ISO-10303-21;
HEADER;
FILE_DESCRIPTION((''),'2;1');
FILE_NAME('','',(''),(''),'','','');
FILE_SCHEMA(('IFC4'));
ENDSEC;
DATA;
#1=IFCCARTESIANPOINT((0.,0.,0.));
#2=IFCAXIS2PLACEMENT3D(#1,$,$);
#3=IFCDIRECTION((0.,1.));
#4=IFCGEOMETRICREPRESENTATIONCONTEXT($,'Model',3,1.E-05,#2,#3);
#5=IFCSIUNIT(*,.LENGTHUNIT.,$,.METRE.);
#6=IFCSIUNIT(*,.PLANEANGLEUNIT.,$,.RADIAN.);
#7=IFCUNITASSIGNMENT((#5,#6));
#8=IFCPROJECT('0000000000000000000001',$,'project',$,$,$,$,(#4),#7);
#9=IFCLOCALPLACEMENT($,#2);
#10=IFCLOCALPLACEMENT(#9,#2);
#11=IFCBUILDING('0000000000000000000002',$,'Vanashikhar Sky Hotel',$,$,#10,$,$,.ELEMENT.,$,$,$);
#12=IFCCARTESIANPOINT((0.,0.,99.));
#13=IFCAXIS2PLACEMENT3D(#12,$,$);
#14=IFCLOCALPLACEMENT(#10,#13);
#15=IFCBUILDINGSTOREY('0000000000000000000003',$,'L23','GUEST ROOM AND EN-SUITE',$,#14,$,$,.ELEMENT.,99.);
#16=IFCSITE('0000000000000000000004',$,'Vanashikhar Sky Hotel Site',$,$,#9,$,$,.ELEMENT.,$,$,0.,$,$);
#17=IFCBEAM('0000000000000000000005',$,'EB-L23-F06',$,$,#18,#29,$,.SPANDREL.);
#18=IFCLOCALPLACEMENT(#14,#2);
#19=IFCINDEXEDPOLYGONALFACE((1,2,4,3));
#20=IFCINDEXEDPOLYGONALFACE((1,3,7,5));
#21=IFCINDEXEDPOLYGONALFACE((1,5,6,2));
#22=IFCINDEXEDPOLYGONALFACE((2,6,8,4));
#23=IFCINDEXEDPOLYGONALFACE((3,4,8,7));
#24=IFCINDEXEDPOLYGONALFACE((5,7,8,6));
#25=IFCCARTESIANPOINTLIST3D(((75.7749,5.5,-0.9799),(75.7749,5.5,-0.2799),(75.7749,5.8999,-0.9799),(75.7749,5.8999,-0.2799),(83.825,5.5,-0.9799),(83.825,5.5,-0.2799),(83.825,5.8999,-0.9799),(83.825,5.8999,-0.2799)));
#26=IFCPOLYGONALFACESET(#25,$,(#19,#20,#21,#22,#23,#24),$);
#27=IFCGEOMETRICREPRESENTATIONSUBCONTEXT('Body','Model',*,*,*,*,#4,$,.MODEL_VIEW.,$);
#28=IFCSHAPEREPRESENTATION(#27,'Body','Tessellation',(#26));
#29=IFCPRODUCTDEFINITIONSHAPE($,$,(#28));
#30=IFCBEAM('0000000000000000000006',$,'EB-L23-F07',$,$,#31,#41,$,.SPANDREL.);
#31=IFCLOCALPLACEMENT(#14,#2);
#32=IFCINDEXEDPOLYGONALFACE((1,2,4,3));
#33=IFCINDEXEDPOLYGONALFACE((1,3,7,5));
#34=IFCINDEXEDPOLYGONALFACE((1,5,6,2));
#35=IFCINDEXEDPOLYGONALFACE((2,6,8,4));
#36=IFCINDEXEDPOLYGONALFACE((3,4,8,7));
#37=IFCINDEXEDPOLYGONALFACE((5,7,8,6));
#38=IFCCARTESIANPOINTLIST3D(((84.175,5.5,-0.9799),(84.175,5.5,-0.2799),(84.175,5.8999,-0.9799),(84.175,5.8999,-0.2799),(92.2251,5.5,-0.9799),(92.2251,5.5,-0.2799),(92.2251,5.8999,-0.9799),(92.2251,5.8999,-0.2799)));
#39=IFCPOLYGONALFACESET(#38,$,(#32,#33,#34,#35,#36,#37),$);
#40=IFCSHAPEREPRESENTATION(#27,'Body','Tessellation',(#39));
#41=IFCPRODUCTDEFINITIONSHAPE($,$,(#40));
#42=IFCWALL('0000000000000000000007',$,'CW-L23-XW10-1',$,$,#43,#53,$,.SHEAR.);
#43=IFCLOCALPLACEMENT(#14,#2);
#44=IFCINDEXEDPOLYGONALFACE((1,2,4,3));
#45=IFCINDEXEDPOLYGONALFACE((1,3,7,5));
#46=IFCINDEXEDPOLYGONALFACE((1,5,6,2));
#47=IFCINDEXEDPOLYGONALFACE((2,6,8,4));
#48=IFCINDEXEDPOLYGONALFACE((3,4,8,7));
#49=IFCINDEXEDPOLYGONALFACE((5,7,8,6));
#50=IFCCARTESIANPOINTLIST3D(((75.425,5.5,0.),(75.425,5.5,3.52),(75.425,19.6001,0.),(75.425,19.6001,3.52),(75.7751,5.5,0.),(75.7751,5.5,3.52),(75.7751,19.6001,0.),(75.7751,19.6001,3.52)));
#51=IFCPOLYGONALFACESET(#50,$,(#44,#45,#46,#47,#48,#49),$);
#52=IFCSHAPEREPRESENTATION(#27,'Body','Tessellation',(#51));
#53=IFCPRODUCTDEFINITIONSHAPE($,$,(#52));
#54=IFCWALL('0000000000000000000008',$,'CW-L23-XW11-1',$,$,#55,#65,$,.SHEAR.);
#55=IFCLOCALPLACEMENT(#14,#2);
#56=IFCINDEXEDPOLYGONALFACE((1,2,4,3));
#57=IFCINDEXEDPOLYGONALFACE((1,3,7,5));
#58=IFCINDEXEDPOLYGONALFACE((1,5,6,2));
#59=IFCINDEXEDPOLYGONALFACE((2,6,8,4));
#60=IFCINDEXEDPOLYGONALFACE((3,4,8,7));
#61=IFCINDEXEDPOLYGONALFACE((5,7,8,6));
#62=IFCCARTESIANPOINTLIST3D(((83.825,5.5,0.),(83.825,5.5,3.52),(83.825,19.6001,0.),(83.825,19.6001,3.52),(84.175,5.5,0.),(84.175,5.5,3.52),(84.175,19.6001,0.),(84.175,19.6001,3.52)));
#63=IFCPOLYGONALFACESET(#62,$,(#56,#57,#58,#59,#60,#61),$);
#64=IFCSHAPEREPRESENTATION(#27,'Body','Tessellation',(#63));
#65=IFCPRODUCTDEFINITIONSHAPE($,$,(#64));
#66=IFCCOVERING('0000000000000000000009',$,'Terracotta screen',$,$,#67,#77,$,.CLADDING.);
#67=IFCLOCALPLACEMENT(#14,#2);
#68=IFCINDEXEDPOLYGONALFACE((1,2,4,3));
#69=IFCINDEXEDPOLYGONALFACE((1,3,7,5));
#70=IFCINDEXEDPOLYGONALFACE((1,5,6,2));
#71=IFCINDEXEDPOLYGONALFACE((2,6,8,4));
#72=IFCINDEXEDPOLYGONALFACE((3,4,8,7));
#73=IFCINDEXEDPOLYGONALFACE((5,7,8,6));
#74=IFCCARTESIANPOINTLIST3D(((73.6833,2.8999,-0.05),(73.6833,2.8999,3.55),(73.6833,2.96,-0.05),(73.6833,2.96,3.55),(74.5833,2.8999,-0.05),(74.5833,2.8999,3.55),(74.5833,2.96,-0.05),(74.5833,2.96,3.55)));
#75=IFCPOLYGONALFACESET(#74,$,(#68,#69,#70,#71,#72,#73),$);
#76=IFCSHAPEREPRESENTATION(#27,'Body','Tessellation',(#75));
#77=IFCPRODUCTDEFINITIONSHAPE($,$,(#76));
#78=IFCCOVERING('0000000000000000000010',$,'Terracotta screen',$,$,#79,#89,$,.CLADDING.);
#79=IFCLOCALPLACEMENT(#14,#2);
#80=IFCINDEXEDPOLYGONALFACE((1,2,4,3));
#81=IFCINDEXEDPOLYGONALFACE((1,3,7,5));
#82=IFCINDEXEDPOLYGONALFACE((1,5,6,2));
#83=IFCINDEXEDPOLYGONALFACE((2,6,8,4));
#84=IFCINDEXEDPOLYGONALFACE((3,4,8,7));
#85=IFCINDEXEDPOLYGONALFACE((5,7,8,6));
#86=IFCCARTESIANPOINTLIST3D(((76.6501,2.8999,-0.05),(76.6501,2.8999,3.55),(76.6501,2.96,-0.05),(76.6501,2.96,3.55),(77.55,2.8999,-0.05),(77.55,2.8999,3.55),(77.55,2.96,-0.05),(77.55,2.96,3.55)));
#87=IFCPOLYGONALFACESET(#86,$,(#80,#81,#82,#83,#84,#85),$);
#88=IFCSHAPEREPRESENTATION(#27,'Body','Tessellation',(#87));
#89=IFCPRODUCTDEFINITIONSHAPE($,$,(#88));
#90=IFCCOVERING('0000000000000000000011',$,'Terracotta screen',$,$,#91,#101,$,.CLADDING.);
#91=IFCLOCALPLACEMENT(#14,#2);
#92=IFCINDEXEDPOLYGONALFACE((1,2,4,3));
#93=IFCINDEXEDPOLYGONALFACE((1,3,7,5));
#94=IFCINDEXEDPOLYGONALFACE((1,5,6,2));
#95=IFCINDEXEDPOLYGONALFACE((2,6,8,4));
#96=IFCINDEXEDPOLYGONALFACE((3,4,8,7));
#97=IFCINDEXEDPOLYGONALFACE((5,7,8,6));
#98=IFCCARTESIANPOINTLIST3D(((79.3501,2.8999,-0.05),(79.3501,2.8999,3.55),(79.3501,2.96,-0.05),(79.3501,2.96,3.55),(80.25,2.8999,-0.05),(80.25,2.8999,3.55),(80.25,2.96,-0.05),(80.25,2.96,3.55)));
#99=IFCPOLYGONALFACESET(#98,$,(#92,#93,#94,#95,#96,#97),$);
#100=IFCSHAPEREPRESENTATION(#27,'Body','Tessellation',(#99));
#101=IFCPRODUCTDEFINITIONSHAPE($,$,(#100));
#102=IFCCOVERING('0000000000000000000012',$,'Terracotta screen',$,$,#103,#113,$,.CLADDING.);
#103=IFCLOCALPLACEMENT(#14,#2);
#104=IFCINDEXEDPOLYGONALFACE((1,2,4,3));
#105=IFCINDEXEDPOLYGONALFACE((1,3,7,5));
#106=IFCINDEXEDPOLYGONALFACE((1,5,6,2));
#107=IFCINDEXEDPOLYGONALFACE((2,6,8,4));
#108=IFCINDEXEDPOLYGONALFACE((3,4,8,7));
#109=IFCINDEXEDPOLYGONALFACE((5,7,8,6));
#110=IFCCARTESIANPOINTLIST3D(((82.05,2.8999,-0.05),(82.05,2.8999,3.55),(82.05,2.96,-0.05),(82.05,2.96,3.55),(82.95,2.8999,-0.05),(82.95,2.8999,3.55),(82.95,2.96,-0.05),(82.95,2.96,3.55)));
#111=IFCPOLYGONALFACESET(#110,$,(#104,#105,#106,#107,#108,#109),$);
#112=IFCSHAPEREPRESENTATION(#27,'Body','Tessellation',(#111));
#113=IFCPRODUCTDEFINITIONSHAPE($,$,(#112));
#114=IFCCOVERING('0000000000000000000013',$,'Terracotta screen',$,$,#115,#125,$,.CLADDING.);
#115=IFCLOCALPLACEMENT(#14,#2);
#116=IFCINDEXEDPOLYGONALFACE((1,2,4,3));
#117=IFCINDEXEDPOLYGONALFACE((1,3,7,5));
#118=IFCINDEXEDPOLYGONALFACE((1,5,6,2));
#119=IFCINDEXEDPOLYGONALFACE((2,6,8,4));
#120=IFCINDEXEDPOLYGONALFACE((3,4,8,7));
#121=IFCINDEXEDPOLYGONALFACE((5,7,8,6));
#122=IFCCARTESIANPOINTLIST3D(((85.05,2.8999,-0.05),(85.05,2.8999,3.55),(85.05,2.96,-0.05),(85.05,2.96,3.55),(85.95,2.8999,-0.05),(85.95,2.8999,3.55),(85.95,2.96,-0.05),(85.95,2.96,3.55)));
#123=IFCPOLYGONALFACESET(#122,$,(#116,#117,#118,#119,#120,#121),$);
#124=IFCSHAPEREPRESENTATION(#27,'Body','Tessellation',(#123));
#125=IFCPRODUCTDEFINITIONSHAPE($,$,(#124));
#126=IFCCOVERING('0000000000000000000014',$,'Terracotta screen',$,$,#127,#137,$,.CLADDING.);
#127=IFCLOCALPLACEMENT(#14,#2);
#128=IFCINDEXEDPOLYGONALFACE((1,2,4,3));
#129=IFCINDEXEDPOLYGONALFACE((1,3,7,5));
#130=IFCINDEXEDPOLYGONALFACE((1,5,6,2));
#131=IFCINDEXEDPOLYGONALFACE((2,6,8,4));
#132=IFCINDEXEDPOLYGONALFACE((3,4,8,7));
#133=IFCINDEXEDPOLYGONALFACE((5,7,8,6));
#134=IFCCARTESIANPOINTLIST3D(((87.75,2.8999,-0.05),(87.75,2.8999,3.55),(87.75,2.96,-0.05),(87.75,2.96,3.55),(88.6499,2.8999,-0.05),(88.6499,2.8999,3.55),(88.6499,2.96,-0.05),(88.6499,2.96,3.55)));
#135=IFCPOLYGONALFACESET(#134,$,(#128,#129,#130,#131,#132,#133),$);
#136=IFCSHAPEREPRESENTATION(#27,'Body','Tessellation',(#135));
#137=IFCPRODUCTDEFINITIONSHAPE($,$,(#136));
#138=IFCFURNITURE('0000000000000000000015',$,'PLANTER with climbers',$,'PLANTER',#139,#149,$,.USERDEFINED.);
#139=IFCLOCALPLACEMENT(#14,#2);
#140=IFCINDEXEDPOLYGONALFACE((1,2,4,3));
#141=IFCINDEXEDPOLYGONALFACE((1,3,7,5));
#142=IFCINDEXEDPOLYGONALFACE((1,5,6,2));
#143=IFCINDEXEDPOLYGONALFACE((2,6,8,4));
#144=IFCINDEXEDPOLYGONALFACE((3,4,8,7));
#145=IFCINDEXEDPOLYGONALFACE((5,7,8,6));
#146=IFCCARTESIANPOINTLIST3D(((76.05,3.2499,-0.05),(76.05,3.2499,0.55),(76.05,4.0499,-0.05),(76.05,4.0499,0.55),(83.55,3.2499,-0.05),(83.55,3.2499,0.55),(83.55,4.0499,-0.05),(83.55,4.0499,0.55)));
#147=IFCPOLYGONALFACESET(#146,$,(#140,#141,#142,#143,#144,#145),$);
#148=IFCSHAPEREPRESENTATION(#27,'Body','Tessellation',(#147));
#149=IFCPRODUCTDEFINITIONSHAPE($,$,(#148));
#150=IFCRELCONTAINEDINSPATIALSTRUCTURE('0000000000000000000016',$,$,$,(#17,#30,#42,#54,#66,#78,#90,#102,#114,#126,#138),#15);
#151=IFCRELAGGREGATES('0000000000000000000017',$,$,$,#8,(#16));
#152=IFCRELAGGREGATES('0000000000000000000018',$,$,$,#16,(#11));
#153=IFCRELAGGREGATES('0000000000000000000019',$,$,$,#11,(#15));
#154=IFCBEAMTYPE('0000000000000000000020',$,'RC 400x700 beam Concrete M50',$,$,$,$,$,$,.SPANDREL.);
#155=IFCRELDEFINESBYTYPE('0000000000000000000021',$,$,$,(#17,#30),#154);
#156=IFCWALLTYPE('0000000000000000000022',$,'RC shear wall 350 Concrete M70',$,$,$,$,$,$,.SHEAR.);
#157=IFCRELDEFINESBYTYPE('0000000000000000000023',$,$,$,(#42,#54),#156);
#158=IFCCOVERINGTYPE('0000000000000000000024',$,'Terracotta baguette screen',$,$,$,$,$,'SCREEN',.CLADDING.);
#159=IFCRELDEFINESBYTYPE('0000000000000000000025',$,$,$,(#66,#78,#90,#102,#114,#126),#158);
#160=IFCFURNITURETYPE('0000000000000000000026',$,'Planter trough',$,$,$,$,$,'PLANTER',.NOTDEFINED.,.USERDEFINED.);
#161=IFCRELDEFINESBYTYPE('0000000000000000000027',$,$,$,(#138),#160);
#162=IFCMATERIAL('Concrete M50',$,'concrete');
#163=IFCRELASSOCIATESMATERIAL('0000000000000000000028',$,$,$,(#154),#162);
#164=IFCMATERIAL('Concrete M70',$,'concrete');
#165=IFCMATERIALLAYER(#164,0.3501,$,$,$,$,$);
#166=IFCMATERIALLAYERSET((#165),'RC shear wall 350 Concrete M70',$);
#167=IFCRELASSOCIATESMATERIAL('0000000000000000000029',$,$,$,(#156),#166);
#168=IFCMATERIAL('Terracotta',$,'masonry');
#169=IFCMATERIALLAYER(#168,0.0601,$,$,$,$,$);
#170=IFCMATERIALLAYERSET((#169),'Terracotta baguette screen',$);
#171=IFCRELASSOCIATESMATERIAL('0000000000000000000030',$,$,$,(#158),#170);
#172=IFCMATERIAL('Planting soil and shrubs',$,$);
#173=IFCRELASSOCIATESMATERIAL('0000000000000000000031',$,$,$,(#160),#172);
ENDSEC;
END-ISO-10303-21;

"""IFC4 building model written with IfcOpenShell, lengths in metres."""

from ifc_helpers import new_model, si_unit, direction, frame, frame_2d, origin, origin_2d, place, context, subcontext, project, spatial, rectangle, extrude, source, transform, mapped, material, layer, layer_set, material_profile, profile_set, type_object, element, save


model = new_model("IFC4")

# Units and contexts
model_context = context("Model", 3, precision=1e-05, world=origin(), true_north=direction((0.0, 1.0)))
body_context = subcontext(model_context, "Body", "Model", "MODEL_VIEW")
ifc_project = project(units=[si_unit("LENGTHUNIT", "METRE"), si_unit("PLANEANGLEUNIT", "RADIAN")], contexts=[model_context])

# Site, building, storey
site_placement = place(None, origin())
site = spatial("IfcSite", under=ifc_project, at=site_placement, Name="Vanashikhar Sky Hotel Site", CompositionType="ELEMENT", RefElevation=0.0)
building_placement = place(site_placement, origin())
building = spatial("IfcBuilding", under=site, at=building_placement, Name="Vanashikhar Sky Hotel", CompositionType="ELEMENT")
storey_placement = place(building_placement, frame((0.0, 0.0, 99.0)))
storey = spatial("IfcBuildingStorey", under=building, at=storey_placement, Name="L23", Description="GUEST ROOM AND EN-SUITE", CompositionType="ELEMENT", Elevation=99.0)

# Beams
ifc_material_1 = material(Name="Concrete M50", Category="concrete")
ifc_material_profile = material_profile(ifc_material_1, rectangle(XDim=0.3999, YDim=0.7, at=origin_2d()))
ifc_profile_set = profile_set([ifc_material_profile], Name="RC 400x700 beam Concrete M50")
beam_type = type_object("IfcBeamType", Name="RC 400x700 beam Concrete M50", PredefinedType="SPANDREL", material=ifc_profile_set)
shared_shape_1 = source(origin(), body_context, "Body", "SweptSolid", [
    extrude(rectangle(XDim=0.3999, YDim=0.7, at=origin_2d()), origin(), (0.0, 0.0, 1.0), 8.05),
])
for number, where, z_axis, x_axis, name in (
    (1, (75.7749, 5.7, -0.6299), (1.0, 0.0, 0.0), (0.0, 1.0, 0.0), "EB-L23-F06"),
    (2, (84.175, 5.7, -0.6299), (1.0, 0.0, 0.0), (0.0, 1.0, 0.0), "EB-L23-F07"),
):
    element("IfcBeam", number, at=place(storey_placement, frame(where, z_axis=z_axis, x_axis=x_axis)), inside=storey, type_object=beam_type, Name=name, PredefinedType="SPANDREL", context=body_context, shape_type="MappedRepresentation", body=[
        mapped(shared_shape_1, transform((0.0, 0.0, 0.0), scale=1.0)),
    ])

# Walls
ifc_material_2 = material(Name="Concrete M70", Category="concrete")
ifc_layer_1 = layer(ifc_material_2, 0.3501)
ifc_layer_set_1 = layer_set([ifc_layer_1], Name="RC shear wall 350 Concrete M70")
wall_type_1 = type_object("IfcWallType", Name="RC shear wall 350 Concrete M70", PredefinedType="SHEAR", material=ifc_layer_set_1)
shared_shape_2 = source(origin(), body_context, "Body", "SweptSolid", [
    extrude(rectangle(XDim=14.1001, YDim=0.3501, at=frame_2d((7.05, 0.0))), origin(), (0.0, 0.0, 1.0), 3.52),
])
for number, where, z_axis, x_axis, name in (
    (3, (75.6001, 5.5, 0.0), (0.0, 0.0, 1.0), (0.0, 1.0, 0.0), "CW-L23-XW10-1"),
    (4, (84.0, 5.5, 0.0), (0.0, 0.0, 1.0), (0.0, 1.0, 0.0), "CW-L23-XW11-1"),
):
    element("IfcWall", number, at=place(storey_placement, frame(where, z_axis=z_axis, x_axis=x_axis)), inside=storey, type_object=wall_type_1, Name=name, PredefinedType="SHEAR", context=body_context, shape_type="MappedRepresentation", body=[
        mapped(shared_shape_2, transform((0.0, 0.0, 0.0), scale=1.0)),
    ])

# Coverings
ifc_material_3 = material(Name="Terracotta", Category="masonry")
ifc_layer_2 = layer(ifc_material_3, 0.0601)
ifc_layer_set_2 = layer_set([ifc_layer_2], Name="Terracotta baguette screen")
covering_type = type_object("IfcCoveringType", Name="Terracotta baguette screen", ElementType="SCREEN", PredefinedType="CLADDING", material=ifc_layer_set_2)
shared_shape_3 = source(origin(), body_context, "Body", "SweptSolid", [
    extrude(rectangle(XDim=0.8999, YDim=0.0601, at=origin_2d()), origin(), (0.0, 0.0, 1.0), 3.6001),
])
for number, where, z_axis, x_axis, name in (
    (5, (74.1333, 2.9299, -0.05), (0.0, 0.0, 1.0), (1.0, 0.0, 0.0), "Terracotta screen"),
    (6, (77.1001, 2.9299, -0.05), (0.0, 0.0, 1.0), (1.0, 0.0, 0.0), "Terracotta screen"),
    (7, (79.8, 2.9299, -0.05), (0.0, 0.0, 1.0), (1.0, 0.0, 0.0), "Terracotta screen"),
    (8, (82.5, 2.9299, -0.05), (0.0, 0.0, 1.0), (1.0, 0.0, 0.0), "Terracotta screen"),
    (9, (85.5, 2.9299, -0.05), (0.0, 0.0, 1.0), (1.0, 0.0, 0.0), "Terracotta screen"),
    (10, (88.2, 2.9299, -0.05), (0.0, 0.0, 1.0), (1.0, 0.0, 0.0), "Terracotta screen"),
):
    element("IfcCovering", number, at=place(storey_placement, frame(where, z_axis=z_axis, x_axis=x_axis)), inside=storey, type_object=covering_type, Name=name, PredefinedType="CLADDING", context=body_context, shape_type="MappedRepresentation", body=[
        mapped(shared_shape_3, transform((0.0, 0.0, 0.0), scale=1.0)),
    ])

# Furniture
ifc_material_4 = material(Name="Planting soil and shrubs")
furniture_type = type_object("IfcFurnitureType", Name="Planter trough", ElementType="PLANTER", AssemblyPlace="NOTDEFINED", PredefinedType="USERDEFINED", material=ifc_material_4)
shared_shape_4 = source(origin(), body_context, "Body", "SweptSolid", [
    extrude(rectangle(XDim=7.5, YDim=0.8, at=origin_2d()), origin(), (0.0, 0.0, 1.0), 0.6001),
])
furniture_placement = place(storey_placement, frame((79.8, 3.6499, -0.05), z_axis=(0.0, 0.0, 1.0), x_axis=(1.0, 0.0, 0.0)))
element("IfcFurniture", 11, at=furniture_placement, inside=storey, type_object=furniture_type, Name="PLANTER with climbers", ObjectType="PLANTER", PredefinedType="USERDEFINED", context=body_context, shape_type="MappedRepresentation", body=[
    mapped(shared_shape_4, transform((0.0, 0.0, 0.0), scale=1.0)),
])

save(model, "model.ifc")
